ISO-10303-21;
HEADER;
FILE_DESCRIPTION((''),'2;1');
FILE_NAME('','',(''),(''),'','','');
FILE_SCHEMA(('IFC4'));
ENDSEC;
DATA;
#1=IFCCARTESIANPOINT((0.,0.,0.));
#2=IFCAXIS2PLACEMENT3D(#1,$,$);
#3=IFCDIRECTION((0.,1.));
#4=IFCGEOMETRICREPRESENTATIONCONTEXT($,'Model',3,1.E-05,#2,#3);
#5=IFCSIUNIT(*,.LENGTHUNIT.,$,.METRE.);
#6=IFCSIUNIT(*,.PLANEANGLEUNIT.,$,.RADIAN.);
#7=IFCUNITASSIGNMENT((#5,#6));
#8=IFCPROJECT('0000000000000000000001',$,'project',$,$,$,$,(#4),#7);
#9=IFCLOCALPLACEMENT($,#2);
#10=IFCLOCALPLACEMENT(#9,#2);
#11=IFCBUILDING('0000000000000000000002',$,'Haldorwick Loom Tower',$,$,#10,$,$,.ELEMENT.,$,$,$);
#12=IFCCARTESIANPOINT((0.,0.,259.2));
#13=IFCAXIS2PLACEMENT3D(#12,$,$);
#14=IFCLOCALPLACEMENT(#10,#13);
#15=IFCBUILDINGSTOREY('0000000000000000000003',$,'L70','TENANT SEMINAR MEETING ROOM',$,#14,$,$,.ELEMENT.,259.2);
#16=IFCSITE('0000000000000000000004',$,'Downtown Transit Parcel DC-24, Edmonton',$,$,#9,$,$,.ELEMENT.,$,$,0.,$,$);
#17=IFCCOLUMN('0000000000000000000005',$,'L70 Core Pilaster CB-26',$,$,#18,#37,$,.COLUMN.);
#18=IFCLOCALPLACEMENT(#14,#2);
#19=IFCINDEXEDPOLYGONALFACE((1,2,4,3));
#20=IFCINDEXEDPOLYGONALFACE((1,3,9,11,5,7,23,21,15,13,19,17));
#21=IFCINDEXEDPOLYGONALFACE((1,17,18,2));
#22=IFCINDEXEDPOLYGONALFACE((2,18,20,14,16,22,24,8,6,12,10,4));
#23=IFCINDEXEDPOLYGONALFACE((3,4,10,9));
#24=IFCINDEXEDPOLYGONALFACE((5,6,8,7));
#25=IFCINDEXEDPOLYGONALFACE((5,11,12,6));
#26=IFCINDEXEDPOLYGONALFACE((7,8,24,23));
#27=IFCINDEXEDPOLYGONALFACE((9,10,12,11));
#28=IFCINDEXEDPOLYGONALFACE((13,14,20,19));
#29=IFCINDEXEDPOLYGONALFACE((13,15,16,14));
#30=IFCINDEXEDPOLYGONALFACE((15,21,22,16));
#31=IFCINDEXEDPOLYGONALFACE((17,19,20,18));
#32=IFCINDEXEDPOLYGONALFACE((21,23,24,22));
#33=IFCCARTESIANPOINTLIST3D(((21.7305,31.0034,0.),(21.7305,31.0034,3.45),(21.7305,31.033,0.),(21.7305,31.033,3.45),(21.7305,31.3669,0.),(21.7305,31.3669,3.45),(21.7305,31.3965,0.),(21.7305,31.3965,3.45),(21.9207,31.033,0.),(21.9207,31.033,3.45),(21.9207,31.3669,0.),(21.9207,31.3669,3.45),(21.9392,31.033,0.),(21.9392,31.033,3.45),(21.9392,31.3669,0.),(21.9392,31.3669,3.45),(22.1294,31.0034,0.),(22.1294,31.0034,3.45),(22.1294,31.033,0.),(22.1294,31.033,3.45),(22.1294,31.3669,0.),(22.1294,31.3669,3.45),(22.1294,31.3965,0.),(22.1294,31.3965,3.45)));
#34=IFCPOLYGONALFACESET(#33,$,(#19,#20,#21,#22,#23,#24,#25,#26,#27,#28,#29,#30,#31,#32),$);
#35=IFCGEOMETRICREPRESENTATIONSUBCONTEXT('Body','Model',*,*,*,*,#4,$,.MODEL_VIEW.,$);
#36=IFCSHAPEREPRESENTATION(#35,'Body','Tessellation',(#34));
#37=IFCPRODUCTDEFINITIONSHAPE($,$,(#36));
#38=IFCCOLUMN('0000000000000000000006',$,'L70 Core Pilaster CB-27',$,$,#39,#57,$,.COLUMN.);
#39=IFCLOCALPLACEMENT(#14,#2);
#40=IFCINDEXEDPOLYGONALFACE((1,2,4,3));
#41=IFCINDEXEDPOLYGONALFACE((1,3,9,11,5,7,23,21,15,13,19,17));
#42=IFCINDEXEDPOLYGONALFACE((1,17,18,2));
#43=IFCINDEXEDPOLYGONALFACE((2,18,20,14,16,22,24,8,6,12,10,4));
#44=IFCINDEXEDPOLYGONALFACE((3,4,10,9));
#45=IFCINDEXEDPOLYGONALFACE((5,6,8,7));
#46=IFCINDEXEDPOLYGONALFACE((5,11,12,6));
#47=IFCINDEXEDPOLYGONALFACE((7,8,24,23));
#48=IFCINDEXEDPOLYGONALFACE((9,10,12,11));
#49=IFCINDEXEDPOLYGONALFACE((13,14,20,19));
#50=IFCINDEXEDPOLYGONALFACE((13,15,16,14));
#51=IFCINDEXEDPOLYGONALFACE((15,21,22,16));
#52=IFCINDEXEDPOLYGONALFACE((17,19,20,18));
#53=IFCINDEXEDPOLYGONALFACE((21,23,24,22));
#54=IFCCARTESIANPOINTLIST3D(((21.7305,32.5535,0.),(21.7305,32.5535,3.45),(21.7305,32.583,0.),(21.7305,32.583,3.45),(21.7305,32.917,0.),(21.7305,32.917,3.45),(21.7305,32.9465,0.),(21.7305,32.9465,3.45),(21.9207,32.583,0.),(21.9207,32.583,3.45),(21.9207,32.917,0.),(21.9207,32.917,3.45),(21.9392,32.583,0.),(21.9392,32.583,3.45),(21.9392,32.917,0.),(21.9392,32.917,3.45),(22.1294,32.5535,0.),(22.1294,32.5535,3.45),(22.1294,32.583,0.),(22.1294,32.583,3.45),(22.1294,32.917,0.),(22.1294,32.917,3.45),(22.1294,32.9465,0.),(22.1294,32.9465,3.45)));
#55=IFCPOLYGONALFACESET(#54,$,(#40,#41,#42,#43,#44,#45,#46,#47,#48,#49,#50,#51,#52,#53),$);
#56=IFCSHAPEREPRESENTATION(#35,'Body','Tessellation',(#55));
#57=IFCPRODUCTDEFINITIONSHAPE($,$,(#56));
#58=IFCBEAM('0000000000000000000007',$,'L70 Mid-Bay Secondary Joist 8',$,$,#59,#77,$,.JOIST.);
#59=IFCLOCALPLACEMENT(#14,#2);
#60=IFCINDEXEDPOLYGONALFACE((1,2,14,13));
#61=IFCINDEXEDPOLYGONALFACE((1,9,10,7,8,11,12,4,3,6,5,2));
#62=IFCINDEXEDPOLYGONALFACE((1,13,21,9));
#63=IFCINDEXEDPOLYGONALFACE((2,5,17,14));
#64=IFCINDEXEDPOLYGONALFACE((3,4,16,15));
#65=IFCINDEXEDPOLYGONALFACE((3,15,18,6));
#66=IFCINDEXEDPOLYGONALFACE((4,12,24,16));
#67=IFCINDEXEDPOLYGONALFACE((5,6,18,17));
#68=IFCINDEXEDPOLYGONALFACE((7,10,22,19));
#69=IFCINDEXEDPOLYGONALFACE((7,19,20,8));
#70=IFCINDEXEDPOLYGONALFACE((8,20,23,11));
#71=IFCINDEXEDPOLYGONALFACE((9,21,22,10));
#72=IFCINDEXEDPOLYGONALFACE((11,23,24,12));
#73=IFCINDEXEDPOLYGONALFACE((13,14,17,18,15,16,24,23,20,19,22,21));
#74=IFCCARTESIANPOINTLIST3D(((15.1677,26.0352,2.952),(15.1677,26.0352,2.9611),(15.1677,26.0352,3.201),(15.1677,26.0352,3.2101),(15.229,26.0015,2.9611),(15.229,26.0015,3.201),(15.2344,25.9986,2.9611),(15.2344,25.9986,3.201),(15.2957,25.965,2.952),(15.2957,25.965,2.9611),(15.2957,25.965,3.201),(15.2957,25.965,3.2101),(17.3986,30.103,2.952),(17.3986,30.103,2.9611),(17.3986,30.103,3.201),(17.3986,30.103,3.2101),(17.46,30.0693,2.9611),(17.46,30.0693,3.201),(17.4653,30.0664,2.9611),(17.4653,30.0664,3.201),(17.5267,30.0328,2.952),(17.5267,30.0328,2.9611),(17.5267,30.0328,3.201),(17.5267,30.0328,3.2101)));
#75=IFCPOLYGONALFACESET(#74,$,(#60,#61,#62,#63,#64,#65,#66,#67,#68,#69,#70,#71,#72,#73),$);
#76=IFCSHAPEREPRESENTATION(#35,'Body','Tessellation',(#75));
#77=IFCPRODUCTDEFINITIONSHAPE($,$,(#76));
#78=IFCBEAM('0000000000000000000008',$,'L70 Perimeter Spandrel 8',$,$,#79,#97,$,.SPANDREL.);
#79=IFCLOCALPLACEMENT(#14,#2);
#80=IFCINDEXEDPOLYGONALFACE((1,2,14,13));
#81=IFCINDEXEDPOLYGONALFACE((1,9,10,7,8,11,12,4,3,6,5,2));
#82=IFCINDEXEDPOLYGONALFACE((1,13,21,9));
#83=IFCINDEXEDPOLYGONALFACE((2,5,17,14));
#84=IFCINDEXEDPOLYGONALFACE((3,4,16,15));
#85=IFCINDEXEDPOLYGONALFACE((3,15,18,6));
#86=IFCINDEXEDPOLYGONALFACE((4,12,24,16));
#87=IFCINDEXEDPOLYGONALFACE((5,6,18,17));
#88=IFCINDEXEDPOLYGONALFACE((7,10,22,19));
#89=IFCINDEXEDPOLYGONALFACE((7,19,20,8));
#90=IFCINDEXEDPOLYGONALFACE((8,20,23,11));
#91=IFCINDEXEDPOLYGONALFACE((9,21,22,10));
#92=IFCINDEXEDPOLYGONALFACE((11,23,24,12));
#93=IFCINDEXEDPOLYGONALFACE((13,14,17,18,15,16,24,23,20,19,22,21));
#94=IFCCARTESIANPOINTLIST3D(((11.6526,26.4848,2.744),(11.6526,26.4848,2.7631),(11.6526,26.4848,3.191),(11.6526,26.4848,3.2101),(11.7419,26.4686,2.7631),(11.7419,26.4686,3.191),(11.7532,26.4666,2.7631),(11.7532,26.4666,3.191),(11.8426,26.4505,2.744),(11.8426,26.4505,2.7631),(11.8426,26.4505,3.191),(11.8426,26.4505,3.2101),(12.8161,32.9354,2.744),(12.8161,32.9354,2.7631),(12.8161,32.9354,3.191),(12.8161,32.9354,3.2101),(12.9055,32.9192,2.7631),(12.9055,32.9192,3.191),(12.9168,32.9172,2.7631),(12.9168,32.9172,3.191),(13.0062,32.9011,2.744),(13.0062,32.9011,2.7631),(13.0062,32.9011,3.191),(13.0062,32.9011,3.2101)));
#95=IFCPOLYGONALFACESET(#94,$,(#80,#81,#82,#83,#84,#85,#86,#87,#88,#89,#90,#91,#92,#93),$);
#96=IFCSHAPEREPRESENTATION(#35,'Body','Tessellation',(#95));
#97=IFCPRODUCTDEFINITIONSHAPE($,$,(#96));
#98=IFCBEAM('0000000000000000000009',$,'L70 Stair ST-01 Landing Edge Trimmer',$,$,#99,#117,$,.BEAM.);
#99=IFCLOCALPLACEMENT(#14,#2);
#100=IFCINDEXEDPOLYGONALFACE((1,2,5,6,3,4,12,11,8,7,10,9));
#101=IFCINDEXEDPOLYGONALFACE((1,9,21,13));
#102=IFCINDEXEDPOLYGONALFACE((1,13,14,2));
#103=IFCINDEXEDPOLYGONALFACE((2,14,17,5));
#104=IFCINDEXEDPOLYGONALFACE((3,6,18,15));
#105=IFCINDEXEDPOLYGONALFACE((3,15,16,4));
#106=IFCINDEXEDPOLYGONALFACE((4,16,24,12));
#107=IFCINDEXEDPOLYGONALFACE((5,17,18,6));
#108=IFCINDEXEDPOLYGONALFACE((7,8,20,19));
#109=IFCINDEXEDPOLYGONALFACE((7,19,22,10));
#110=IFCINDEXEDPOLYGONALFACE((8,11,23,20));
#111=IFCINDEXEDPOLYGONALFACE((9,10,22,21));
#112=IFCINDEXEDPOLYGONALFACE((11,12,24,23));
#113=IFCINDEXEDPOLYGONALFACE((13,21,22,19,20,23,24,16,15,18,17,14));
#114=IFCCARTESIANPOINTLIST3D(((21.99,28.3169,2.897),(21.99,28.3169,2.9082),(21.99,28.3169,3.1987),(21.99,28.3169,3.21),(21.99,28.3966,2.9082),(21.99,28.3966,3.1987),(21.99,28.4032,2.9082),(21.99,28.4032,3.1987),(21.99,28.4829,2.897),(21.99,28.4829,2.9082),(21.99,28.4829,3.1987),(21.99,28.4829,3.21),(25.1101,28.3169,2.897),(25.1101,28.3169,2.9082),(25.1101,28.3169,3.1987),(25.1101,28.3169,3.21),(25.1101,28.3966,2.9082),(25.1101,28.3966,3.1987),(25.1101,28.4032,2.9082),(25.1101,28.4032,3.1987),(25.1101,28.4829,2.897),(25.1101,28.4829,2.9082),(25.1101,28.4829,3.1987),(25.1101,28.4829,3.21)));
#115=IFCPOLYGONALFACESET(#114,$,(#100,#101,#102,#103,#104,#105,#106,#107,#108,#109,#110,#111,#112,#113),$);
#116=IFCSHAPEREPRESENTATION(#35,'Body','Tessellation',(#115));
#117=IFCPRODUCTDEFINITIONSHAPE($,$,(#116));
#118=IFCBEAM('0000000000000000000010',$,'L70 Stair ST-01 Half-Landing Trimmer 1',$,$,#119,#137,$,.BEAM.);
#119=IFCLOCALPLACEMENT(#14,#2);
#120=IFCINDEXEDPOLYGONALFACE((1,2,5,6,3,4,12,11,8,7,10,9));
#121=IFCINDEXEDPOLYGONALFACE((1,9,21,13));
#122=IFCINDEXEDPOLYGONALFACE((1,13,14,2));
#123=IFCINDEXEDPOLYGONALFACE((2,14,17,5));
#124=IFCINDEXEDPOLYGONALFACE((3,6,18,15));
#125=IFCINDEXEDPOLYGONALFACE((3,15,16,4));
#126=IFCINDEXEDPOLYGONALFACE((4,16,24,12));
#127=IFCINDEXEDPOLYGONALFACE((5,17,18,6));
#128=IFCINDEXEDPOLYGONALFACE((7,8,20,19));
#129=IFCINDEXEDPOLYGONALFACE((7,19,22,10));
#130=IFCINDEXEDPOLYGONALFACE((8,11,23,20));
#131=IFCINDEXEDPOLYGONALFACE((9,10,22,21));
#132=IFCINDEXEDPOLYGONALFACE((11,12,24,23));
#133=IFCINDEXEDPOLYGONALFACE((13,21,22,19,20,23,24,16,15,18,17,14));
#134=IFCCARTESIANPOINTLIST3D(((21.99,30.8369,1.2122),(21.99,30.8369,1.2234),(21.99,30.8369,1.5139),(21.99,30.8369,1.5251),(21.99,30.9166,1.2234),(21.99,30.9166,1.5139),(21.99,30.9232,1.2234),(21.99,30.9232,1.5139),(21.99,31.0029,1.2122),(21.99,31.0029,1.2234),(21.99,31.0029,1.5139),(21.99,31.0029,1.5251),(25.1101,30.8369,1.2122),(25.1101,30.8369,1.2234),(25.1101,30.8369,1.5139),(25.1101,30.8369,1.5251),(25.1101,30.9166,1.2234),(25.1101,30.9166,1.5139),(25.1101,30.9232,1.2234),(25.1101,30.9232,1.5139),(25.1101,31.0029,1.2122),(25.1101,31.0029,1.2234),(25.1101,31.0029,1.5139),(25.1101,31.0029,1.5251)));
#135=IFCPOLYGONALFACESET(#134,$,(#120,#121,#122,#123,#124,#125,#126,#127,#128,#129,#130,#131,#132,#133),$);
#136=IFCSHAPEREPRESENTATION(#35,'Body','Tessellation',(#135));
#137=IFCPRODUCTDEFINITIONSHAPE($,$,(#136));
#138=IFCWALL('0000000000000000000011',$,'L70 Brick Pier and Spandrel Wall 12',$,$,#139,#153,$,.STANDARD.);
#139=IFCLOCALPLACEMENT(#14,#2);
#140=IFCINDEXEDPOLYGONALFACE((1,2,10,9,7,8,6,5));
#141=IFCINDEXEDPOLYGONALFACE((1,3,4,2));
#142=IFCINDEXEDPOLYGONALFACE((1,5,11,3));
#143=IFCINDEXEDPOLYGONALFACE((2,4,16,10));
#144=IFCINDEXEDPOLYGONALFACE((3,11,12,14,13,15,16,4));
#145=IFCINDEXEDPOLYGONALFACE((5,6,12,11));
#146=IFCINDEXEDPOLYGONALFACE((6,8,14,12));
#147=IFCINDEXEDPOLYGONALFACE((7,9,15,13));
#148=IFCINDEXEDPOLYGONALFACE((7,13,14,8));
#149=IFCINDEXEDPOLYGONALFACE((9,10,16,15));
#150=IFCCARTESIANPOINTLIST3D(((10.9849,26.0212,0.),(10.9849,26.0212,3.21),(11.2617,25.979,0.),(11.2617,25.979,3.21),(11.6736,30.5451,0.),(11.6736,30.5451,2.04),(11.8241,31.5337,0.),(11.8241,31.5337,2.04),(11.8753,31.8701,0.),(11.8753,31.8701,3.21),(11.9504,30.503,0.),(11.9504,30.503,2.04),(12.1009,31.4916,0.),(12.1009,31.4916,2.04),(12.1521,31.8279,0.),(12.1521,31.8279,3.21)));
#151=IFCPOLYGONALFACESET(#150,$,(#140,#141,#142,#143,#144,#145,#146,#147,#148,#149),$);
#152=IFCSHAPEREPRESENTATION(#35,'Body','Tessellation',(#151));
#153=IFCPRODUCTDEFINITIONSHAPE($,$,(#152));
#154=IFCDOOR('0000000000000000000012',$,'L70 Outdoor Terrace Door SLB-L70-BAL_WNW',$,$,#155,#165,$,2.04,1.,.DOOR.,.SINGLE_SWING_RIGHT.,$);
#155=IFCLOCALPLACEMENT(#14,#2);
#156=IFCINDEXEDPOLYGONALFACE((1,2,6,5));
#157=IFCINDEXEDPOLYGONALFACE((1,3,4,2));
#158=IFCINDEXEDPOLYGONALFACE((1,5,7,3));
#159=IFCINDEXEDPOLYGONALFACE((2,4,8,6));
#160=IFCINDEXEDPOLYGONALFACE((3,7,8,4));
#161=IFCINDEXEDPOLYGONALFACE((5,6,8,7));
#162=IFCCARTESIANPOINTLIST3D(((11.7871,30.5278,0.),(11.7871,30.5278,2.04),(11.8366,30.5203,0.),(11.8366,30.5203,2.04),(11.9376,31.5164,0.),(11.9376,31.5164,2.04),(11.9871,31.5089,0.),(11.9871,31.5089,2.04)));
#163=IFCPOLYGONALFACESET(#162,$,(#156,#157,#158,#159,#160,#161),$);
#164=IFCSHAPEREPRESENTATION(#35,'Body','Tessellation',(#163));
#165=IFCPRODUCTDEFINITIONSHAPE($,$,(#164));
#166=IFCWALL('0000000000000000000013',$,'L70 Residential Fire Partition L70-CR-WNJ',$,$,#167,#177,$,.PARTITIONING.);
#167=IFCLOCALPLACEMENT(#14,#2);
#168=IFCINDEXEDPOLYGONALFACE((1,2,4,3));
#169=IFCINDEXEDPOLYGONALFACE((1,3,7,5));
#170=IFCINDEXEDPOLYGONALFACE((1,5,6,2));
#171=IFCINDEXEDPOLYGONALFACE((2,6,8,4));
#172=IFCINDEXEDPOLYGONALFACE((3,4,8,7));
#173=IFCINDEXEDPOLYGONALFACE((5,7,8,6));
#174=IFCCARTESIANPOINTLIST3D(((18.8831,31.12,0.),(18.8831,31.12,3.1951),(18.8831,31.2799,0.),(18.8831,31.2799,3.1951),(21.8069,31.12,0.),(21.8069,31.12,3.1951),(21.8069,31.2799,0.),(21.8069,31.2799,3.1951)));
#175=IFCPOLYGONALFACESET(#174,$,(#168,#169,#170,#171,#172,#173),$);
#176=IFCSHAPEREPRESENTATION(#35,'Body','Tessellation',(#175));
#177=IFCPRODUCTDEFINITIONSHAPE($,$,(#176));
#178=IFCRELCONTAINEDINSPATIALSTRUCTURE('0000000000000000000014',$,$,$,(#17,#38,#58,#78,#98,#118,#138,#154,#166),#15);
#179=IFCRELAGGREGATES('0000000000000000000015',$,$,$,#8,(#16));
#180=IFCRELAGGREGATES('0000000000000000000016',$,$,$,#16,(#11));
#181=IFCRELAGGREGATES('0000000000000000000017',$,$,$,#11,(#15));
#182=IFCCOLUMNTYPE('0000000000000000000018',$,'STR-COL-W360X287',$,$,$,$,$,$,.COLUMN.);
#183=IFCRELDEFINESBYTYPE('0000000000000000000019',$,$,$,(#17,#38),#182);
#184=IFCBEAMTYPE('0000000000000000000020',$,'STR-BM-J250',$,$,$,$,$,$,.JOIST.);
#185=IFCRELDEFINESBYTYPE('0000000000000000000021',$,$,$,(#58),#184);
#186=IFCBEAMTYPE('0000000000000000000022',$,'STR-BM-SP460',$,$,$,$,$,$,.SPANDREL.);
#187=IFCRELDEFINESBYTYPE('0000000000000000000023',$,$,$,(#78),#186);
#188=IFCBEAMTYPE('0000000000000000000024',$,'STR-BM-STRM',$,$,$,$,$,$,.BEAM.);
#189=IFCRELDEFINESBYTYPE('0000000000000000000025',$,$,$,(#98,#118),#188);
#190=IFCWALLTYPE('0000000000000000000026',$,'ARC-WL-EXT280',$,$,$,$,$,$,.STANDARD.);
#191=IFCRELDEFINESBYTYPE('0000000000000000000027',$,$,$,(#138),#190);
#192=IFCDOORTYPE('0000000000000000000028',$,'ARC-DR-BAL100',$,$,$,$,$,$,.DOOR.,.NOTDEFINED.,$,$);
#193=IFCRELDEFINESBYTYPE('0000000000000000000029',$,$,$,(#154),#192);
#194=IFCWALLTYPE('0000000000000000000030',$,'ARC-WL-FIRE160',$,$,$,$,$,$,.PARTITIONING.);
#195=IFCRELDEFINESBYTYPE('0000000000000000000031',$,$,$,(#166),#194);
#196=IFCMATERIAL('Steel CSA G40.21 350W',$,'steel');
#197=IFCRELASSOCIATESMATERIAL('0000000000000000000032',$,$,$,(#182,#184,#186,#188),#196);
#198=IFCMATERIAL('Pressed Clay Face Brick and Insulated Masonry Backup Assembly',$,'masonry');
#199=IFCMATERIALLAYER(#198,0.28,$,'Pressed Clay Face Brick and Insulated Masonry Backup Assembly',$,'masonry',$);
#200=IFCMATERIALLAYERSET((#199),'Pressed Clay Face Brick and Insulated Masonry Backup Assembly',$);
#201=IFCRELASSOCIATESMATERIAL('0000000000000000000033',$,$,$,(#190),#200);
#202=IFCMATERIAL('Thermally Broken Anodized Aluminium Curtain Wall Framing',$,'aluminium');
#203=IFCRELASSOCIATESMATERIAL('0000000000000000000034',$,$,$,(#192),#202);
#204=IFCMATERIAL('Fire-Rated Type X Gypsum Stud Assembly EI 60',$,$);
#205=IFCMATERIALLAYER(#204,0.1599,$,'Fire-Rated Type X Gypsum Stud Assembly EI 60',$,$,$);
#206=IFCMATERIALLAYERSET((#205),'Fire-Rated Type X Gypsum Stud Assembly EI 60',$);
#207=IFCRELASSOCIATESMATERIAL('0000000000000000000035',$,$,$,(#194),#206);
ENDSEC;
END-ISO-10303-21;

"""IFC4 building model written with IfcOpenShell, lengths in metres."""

from ifc_helpers import new_model, si_unit, direction, frame, frame_2d, origin, origin_2d, place, context, subcontext, project, spatial, rectangle, i_section, extrude, material, layer, layer_set, material_profile, profile_set, type_object, element, fill, save


model = new_model("IFC4")

# Units and contexts
model_context = context("Model", 3, precision=1e-05, world=origin(), true_north=direction((0.0, 1.0)))
body_context = subcontext(model_context, "Body", "Model", "MODEL_VIEW")
ifc_project = project(units=[si_unit("LENGTHUNIT", "METRE"), si_unit("PLANEANGLEUNIT", "RADIAN")], contexts=[model_context])

# Site, building, storey
site_placement = place(None, origin())
site = spatial("IfcSite", under=ifc_project, at=site_placement, Name="Downtown Transit Parcel DC-24, Edmonton", CompositionType="ELEMENT", RefElevation=0.0)
building_placement = place(site_placement, origin())
building = spatial("IfcBuilding", under=site, at=building_placement, Name="Haldorwick Loom Tower", CompositionType="ELEMENT")
storey_placement = place(building_placement, frame((0.0, 0.0, 259.2)))
storey = spatial("IfcBuildingStorey", under=building, at=storey_placement, Name="L70", Description="TENANT SEMINAR MEETING ROOM", CompositionType="ELEMENT", Elevation=259.2)

# Columns
ifc_material_1 = material(Name="Steel CSA G40.21 350W", Category="steel")
ifc_material_profile_1 = material_profile(ifc_material_1, i_section(OverallWidth=0.3989, OverallDepth=0.3931, WebThickness=0.0186, FlangeThickness=0.0295, at=origin_2d()), Name="W360X287", Category="steel")
ifc_profile_set_1 = profile_set([ifc_material_profile_1], Name="Steel CSA G40.21 350W")
column_type = type_object("IfcColumnType", Name="STR-COL-W360X287", PredefinedType="COLUMN", material=ifc_profile_set_1)
for number, where, z_axis, x_axis, name in (
    (1, (21.9299, 31.2, 0.0), (0.0, 0.0, 1.0), (1.0, 0.0, 0.0), "L70 Core Pilaster CB-26"),
    (2, (21.9299, 32.75, 0.0), (0.0, 0.0, 1.0), (1.0, 0.0, 0.0), "L70 Core Pilaster CB-27"),
):
    element("IfcColumn", number, at=place(storey_placement, frame(where, z_axis=z_axis, x_axis=x_axis)), inside=storey, type_object=column_type, Name=name, PredefinedType="COLUMN", context=body_context, shape_type="SweptSolid", body=[
        extrude(i_section(OverallWidth=0.3989, OverallDepth=0.3931, WebThickness=0.0186, FlangeThickness=0.0295, at=origin_2d()), origin(), (0.0, 0.0, 1.0), 3.45),
    ])

# Beams
ifc_material_profile_2 = material_profile(ifc_material_1, i_section(OverallWidth=0.146, OverallDepth=0.2581, WebThickness=0.0061, FlangeThickness=0.009, at=origin_2d()), Name="W250X33", Category="steel")
ifc_profile_set_2 = profile_set([ifc_material_profile_2], Name="Steel CSA G40.21 350W")
beam_type_1 = type_object("IfcBeamType", Name="STR-BM-J250", PredefinedType="JOIST", material=ifc_profile_set_2)
beam_1_placement = place(storey_placement, frame((17.4626, 30.0679, 3.0811), z_axis=(-0.480864, -0.876795, 0.0), x_axis=(0.876795, -0.480864, 0.0)))
element("IfcBeam", 3, at=beam_1_placement, inside=storey, type_object=beam_type_1, Name="L70 Mid-Bay Secondary Joist 8", PredefinedType="JOIST", context=body_context, shape_type="SweptSolid", body=[
    extrude(i_section(OverallWidth=0.146, OverallDepth=0.2581, WebThickness=0.0061, FlangeThickness=0.009, at=origin_2d()), origin(), (0.0, 0.0, 1.0), 4.6394),
])
ifc_material_profile_3 = material_profile(ifc_material_1, i_section(OverallWidth=0.1931, OverallDepth=0.4661, WebThickness=0.0115, FlangeThickness=0.019, at=origin_2d()), Name="W460X97", Category="steel")
ifc_profile_set_3 = profile_set([ifc_material_profile_3], Name="Steel CSA G40.21 350W")
beam_type_2 = type_object("IfcBeamType", Name="STR-BM-SP460", PredefinedType="SPANDREL", material=ifc_profile_set_3)
beam_2_placement = place(storey_placement, frame((12.9111, 32.9182, 2.9771), z_axis=(-0.177515, -0.984118, 0.0), x_axis=(0.984118, -0.177515, 0.0)))
element("IfcBeam", 4, at=beam_2_placement, inside=storey, type_object=beam_type_2, Name="L70 Perimeter Spandrel 8", PredefinedType="SPANDREL", context=body_context, shape_type="SweptSolid", body=[
    extrude(i_section(OverallWidth=0.1931, OverallDepth=0.4661, WebThickness=0.0115, FlangeThickness=0.019, at=origin_2d()), origin(), (0.0, 0.0, 1.0), 6.5547),
])
ifc_material_profile_4 = material_profile(ifc_material_1, i_section(OverallWidth=0.166, OverallDepth=0.313, WebThickness=0.0066, FlangeThickness=0.0112, at=origin_2d()), Name="W310X45", Category="steel")
ifc_profile_set_4 = profile_set([ifc_material_profile_4], Name="Steel CSA G40.21 350W")
beam_type_3 = type_object("IfcBeamType", Name="STR-BM-STRM", PredefinedType="BEAM", material=ifc_profile_set_4)
for number, where, z_axis, x_axis, name in (
    (5, (21.99, 28.3999, 3.0535), (1.0, 0.0, 0.0), (0.0, 1.0, 0.0), "L70 Stair ST-01 Landing Edge Trimmer"),
    (6, (21.99, 30.9199, 1.3687), (1.0, 0.0, 0.0), (0.0, 1.0, 0.0), "L70 Stair ST-01 Half-Landing Trimmer 1"),
):
    element("IfcBeam", number, at=place(storey_placement, frame(where, z_axis=z_axis, x_axis=x_axis)), inside=storey, type_object=beam_type_3, Name=name, PredefinedType="BEAM", context=body_context, shape_type="SweptSolid", body=[
        extrude(i_section(OverallWidth=0.166, OverallDepth=0.313, WebThickness=0.0066, FlangeThickness=0.0112, at=origin_2d()), origin(), (0.0, 0.0, 1.0), 3.1201),
    ])

# Wall, opening, door
ifc_material_2 = material(Name="Pressed Clay Face Brick and Insulated Masonry Backup Assembly", Category="masonry")
ifc_layer_1 = layer(ifc_material_2, 0.28, Name="Pressed Clay Face Brick and Insulated Masonry Backup Assembly", Category="masonry")
ifc_layer_set_1 = layer_set([ifc_layer_1], Name="Pressed Clay Face Brick and Insulated Masonry Backup Assembly")
wall_type_1 = type_object("IfcWallType", Name="ARC-WL-EXT280", PredefinedType="STANDARD", material=ifc_layer_set_1)
wall_1_placement = place(storey_placement, frame((12.0137, 31.8489, 0.0), z_axis=(0.0, 0.0, 1.0), x_axis=(-0.150497, -0.98861, 0.0)))
wall_1 = element("IfcWall", 7, at=wall_1_placement, inside=storey, type_object=wall_type_1, Name="L70 Brick Pier and Spandrel Wall 12", PredefinedType="STANDARD", context=body_context, shape_type="SweptSolid", body=[
    extrude(rectangle(XDim=5.9163, YDim=0.28, at=frame_2d((2.958, 0.0))), origin(), (0.0, 0.0, 1.0), 3.21),
])
opening_1_placement = place(wall_1_placement, frame((0.3401, 0.0, 0.0)))
opening_1 = element("IfcOpeningElement", 8, at=opening_1_placement, cuts=wall_1, PredefinedType="OPENING", context=body_context, shape_type="SweptSolid", body=[
    extrude(rectangle(XDim=1.0, YDim=2.04, at=frame_2d((0.5, 1.02))), frame((0.0, 0.1499, 0.0), z_axis=(0.0, -1.0, 0.0), x_axis=(1.0, 0.0, 0.0)), (0.0, 0.0, 1.0), 0.3),
])
ifc_material_3 = material(Name="Thermally Broken Anodized Aluminium Curtain Wall Framing", Category="aluminium")
door_type_1 = type_object("IfcDoorType", Name="ARC-DR-BAL100", OperationType="NOTDEFINED", PredefinedType="DOOR", material=ifc_material_3)
door_1_placement = place(opening_1_placement, origin())
door_1 = element("IfcDoor", 9, at=door_1_placement, inside=storey, type_object=door_type_1, Name="L70 Outdoor Terrace Door SLB-L70-BAL_WNW", OperationType="SINGLE_SWING_RIGHT", OverallHeight=2.04, OverallWidth=1.0, PredefinedType="DOOR", context=body_context, shape_type="SweptSolid", body=[
    extrude(rectangle(XDim=1.0, YDim=2.04, at=frame_2d((0.5, 1.02))), frame((0.0, 0.0249, 0.0), z_axis=(0.0, -1.0, 0.0), x_axis=(1.0, 0.0, 0.0)), (0.0, 0.0, 1.0), 0.05),
])
fill(opening_1, door_1)

# Wall
ifc_material_4 = material(Name="Fire-Rated Type X Gypsum Stud Assembly EI 60")
ifc_layer_2 = layer(ifc_material_4, 0.1599, Name="Fire-Rated Type X Gypsum Stud Assembly EI 60")
ifc_layer_set_2 = layer_set([ifc_layer_2], Name="Fire-Rated Type X Gypsum Stud Assembly EI 60")
wall_type_2 = type_object("IfcWallType", Name="ARC-WL-FIRE160", PredefinedType="PARTITIONING", material=ifc_layer_set_2)
wall_2_placement = place(storey_placement, frame((18.8831, 31.2, 0.0), z_axis=(0.0, 0.0, 1.0), x_axis=(1.0, 0.0, 0.0)))
element("IfcWall", 10, at=wall_2_placement, inside=storey, type_object=wall_type_2, Name="L70 Residential Fire Partition L70-CR-WNJ", PredefinedType="PARTITIONING", context=body_context, shape_type="SweptSolid", body=[
    extrude(rectangle(XDim=2.9238, YDim=0.1599, at=frame_2d((1.4619, 0.0))), origin(), (0.0, 0.0, 1.0), 3.1951),
])

save(model, "model.ifc")
